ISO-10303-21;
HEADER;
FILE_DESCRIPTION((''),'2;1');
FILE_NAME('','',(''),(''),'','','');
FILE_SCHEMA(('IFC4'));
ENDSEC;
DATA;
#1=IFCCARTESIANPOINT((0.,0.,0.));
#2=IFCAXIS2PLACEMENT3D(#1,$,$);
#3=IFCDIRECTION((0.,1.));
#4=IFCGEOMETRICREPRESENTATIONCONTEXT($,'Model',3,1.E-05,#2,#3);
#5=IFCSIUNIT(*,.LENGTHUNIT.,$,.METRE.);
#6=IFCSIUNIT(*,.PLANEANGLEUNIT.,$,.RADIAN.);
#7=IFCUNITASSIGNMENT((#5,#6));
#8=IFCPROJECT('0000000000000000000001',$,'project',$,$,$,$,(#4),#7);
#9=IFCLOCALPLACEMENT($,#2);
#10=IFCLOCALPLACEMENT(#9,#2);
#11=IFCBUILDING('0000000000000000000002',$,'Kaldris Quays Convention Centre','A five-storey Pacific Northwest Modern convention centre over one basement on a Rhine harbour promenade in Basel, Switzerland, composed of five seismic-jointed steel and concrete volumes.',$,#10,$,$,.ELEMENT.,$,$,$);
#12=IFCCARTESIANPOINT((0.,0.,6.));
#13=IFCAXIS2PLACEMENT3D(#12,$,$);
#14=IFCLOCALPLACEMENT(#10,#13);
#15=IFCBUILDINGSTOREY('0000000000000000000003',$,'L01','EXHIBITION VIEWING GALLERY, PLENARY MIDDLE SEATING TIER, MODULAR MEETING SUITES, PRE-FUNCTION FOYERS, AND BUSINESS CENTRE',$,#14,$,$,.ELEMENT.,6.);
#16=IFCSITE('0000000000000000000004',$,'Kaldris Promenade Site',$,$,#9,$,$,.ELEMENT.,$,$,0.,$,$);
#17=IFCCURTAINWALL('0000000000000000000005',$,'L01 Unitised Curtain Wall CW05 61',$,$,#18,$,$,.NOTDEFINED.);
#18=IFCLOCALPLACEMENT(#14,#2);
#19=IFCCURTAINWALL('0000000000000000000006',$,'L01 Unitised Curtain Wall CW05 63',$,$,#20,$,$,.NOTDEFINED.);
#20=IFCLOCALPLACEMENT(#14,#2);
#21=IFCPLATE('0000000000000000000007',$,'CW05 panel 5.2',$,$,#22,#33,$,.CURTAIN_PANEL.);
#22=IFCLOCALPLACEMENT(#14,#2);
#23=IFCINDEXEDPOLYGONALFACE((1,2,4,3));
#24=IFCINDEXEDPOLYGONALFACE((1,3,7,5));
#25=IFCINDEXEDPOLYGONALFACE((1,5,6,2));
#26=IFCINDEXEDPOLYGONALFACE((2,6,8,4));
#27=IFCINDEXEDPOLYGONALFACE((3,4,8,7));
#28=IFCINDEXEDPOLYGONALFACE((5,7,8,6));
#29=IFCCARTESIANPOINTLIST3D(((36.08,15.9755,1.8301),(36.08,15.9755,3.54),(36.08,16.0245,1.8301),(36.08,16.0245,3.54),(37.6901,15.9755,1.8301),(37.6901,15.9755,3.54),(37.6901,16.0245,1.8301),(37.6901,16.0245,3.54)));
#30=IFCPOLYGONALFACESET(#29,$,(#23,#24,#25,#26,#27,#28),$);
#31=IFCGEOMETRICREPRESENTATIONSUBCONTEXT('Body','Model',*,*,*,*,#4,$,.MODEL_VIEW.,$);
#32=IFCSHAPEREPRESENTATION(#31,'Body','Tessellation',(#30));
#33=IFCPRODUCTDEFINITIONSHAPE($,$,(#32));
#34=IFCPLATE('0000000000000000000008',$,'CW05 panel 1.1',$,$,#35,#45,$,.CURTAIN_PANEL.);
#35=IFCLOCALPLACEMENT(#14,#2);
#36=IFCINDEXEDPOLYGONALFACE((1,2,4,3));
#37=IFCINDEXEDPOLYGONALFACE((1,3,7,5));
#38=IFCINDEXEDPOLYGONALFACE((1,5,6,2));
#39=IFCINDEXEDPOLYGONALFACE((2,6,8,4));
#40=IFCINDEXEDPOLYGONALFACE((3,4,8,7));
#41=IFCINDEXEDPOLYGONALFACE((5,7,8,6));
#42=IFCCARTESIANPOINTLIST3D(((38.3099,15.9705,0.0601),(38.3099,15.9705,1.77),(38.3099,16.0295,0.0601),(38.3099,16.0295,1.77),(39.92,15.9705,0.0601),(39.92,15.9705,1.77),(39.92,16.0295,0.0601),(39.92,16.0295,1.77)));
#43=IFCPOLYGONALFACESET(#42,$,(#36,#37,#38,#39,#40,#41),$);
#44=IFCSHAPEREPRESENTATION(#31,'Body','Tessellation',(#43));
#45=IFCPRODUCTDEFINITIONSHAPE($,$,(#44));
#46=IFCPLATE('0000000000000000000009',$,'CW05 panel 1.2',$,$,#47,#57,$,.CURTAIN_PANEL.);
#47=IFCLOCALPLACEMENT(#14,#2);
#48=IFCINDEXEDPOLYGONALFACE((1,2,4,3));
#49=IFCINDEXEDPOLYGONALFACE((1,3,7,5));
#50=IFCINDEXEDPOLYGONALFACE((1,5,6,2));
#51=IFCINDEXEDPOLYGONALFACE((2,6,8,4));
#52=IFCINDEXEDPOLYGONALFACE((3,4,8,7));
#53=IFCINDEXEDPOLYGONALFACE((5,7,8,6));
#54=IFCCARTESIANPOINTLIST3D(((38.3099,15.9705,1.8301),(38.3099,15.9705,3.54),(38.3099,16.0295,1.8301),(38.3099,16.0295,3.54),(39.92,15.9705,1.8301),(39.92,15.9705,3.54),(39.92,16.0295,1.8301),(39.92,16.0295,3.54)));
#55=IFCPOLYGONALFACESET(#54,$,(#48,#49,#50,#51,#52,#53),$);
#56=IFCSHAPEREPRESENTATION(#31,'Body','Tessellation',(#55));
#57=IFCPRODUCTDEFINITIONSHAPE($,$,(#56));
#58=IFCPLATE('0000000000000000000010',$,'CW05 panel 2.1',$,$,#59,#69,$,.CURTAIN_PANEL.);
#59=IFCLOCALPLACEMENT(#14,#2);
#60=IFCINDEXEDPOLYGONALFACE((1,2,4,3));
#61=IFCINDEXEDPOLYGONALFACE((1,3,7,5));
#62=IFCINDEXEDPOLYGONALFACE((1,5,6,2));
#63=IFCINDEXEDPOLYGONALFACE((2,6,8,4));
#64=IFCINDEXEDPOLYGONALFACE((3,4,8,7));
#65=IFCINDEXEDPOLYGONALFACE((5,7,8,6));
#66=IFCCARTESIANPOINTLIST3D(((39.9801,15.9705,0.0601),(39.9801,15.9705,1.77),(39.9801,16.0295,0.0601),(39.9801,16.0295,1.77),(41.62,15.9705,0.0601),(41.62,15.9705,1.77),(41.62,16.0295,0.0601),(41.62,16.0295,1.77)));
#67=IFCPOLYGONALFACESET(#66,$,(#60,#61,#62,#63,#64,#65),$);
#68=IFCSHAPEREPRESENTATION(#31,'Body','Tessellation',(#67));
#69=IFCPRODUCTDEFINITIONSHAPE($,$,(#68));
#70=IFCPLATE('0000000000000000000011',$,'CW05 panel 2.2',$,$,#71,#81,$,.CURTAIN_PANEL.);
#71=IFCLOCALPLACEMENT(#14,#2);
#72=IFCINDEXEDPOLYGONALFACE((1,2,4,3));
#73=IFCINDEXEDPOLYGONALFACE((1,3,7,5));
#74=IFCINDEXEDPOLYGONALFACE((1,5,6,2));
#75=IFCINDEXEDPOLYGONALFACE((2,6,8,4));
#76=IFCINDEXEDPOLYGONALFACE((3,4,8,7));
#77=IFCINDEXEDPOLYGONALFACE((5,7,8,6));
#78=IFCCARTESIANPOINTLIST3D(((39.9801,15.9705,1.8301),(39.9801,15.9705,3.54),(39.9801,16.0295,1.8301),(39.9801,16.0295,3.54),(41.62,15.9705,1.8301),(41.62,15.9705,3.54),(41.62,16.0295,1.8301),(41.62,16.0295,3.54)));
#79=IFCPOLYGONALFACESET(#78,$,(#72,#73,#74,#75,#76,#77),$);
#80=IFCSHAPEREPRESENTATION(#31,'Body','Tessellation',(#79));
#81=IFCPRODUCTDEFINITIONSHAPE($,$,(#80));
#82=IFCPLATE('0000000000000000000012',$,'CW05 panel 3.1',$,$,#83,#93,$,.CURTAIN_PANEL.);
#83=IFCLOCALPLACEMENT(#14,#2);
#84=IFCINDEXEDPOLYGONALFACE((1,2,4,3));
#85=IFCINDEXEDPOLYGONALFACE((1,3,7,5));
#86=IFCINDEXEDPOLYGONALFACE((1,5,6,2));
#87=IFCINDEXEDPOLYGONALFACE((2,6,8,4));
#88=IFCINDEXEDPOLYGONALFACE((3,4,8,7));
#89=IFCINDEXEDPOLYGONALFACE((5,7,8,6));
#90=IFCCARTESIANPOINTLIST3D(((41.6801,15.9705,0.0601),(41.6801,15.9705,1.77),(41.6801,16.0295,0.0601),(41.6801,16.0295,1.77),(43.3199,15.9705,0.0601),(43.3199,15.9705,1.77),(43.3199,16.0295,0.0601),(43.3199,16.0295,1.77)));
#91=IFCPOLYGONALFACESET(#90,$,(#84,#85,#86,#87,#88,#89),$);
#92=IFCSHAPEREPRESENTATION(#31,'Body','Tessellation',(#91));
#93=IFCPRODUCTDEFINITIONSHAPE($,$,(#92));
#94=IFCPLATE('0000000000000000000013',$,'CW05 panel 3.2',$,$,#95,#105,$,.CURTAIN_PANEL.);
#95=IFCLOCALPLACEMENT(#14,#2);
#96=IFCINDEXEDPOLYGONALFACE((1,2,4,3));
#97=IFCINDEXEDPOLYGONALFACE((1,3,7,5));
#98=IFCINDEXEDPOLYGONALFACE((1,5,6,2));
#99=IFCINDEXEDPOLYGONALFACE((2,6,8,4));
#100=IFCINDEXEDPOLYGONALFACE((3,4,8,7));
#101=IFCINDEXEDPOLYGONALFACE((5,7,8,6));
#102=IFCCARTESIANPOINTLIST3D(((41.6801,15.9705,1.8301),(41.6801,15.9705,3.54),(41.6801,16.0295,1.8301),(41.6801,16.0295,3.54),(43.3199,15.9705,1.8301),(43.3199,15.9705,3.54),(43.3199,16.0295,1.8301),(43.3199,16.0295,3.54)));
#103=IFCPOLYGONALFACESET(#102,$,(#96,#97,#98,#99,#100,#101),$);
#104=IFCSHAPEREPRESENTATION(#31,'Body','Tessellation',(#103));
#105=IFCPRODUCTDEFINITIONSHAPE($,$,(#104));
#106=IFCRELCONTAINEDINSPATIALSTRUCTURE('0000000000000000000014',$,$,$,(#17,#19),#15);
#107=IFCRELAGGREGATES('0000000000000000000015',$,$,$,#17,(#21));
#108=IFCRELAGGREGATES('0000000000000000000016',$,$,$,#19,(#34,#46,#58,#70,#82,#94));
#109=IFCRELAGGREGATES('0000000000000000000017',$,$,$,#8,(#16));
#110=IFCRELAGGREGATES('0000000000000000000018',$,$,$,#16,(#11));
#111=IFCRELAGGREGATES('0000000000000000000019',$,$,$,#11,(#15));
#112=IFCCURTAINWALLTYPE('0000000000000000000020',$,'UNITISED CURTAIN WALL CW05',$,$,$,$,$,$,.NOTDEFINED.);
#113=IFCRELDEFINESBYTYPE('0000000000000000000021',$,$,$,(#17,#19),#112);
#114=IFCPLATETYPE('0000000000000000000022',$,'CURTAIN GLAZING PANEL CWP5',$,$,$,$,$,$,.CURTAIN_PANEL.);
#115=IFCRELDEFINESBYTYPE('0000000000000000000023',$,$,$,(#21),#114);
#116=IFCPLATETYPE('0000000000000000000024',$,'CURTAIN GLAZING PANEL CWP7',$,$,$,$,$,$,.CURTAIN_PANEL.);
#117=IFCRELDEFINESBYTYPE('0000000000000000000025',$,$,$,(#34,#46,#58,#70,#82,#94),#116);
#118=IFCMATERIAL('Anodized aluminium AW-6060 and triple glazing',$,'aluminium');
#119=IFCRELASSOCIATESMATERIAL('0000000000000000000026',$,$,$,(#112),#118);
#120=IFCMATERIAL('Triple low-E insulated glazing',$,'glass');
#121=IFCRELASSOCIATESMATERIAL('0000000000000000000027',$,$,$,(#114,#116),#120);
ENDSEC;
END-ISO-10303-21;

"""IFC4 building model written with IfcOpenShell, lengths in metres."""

from ifc_helpers import new_model, si_unit, direction, frame, origin, origin_2d, place, context, subcontext, project, spatial, rectangle, extrude, material, type_object, element, aggregate, save


model = new_model("IFC4")

# Units and contexts
model_context = context("Model", 3, precision=1e-05, world=origin(), true_north=direction((0.0, 1.0)))
body_context = subcontext(model_context, "Body", "Model", "MODEL_VIEW")
ifc_project = project(units=[si_unit("LENGTHUNIT", "METRE"), si_unit("PLANEANGLEUNIT", "RADIAN")], contexts=[model_context])

# Site, building, storey
site_placement = place(None, origin())
site = spatial("IfcSite", under=ifc_project, at=site_placement, Name="Kaldris Promenade Site", CompositionType="ELEMENT", RefElevation=0.0)
building_placement = place(site_placement, origin())
building = spatial("IfcBuilding", under=site, at=building_placement, Name="Kaldris Quays Convention Centre", Description="A five-storey Pacific Northwest Modern convention centre over one basement on a Rhine harbour promenade in Basel, Switzerland, composed of five seismic-jointed steel and concrete volumes.", CompositionType="ELEMENT")
storey_placement = place(building_placement, frame((0.0, 0.0, 6.0)))
storey = spatial("IfcBuildingStorey", under=building, at=storey_placement, Name="L01", Description="EXHIBITION VIEWING GALLERY, PLENARY MIDDLE SEATING TIER, MODULAR MEETING SUITES, PRE-FUNCTION FOYERS, AND BUSINESS CENTRE", CompositionType="ELEMENT", Elevation=6.0)

# Curtain wall
ifc_material_1 = material(Name="Anodized aluminium AW-6060 and triple glazing", Category="aluminium")
curtain_wall_type = type_object("IfcCurtainWallType", Name="UNITISED CURTAIN WALL CW05", PredefinedType="NOTDEFINED", material=ifc_material_1)
curtain_wall_1_placement = place(storey_placement, origin())
curtain_wall_1 = element("IfcCurtainWall", 1, at=curtain_wall_1_placement, inside=storey, type_object=curtain_wall_type, Name="L01 Unitised Curtain Wall CW05 61", PredefinedType="NOTDEFINED")

# Curtain wall
curtain_wall_2_placement = place(storey_placement, origin())
curtain_wall_2 = element("IfcCurtainWall", 2, at=curtain_wall_2_placement, inside=storey, type_object=curtain_wall_type, Name="L01 Unitised Curtain Wall CW05 63", PredefinedType="NOTDEFINED")

# Plates
ifc_material_2 = material(Name="Triple low-E insulated glazing", Category="glass")
plate_type_1 = type_object("IfcPlateType", Name="CURTAIN GLAZING PANEL CWP5", PredefinedType="CURTAIN_PANEL", material=ifc_material_2)
plate_1_placement = place(storey_placement, frame((36.885, 16.0, 1.8301), z_axis=(0.0, 0.0, 1.0), x_axis=(1.0, 0.0, 0.0)))
plate_1 = element("IfcPlate", 3, at=plate_1_placement, type_object=plate_type_1, Name="CW05 panel 5.2", PredefinedType="CURTAIN_PANEL", context=body_context, shape_type="SweptSolid", body=[
    extrude(rectangle(XDim=1.6101, YDim=0.0491, at=origin_2d()), origin(), (0.0, 0.0, 1.0), 1.71),
])
aggregate(curtain_wall_1, [plate_1])
plate_type_2 = type_object("IfcPlateType", Name="CURTAIN GLAZING PANEL CWP7", PredefinedType="CURTAIN_PANEL", material=ifc_material_2)
plate_2_placement = place(storey_placement, frame((39.115, 16.0, 0.0601), z_axis=(0.0, 0.0, 1.0), x_axis=(1.0, 0.0, 0.0)))
plate_2 = element("IfcPlate", 4, at=plate_2_placement, type_object=plate_type_2, Name="CW05 panel 1.1", PredefinedType="CURTAIN_PANEL", context=body_context, shape_type="SweptSolid", body=[
    extrude(rectangle(XDim=1.6101, YDim=0.0591, at=origin_2d()), origin(), (0.0, 0.0, 1.0), 1.71),
])
plate_3_placement = place(storey_placement, frame((39.115, 16.0, 1.8301), z_axis=(0.0, 0.0, 1.0), x_axis=(1.0, 0.0, 0.0)))
plate_3 = element("IfcPlate", 5, at=plate_3_placement, type_object=plate_type_2, Name="CW05 panel 1.2", PredefinedType="CURTAIN_PANEL", context=body_context, shape_type="SweptSolid", body=[
    extrude(rectangle(XDim=1.6101, YDim=0.0591, at=origin_2d()), origin(), (0.0, 0.0, 1.0), 1.71),
])
plate_4_placement = place(storey_placement, frame((40.8, 16.0, 0.0601), z_axis=(0.0, 0.0, 1.0), x_axis=(1.0, 0.0, 0.0)))
plate_4 = element("IfcPlate", 6, at=plate_4_placement, type_object=plate_type_2, Name="CW05 panel 2.1", PredefinedType="CURTAIN_PANEL", context=body_context, shape_type="SweptSolid", body=[
    extrude(rectangle(XDim=1.6399, YDim=0.0591, at=origin_2d()), origin(), (0.0, 0.0, 1.0), 1.71),
])
plate_5_placement = place(storey_placement, frame((40.8, 16.0, 1.8301), z_axis=(0.0, 0.0, 1.0), x_axis=(1.0, 0.0, 0.0)))
plate_5 = element("IfcPlate", 7, at=plate_5_placement, type_object=plate_type_2, Name="CW05 panel 2.2", PredefinedType="CURTAIN_PANEL", context=body_context, shape_type="SweptSolid", body=[
    extrude(rectangle(XDim=1.6399, YDim=0.0591, at=origin_2d()), origin(), (0.0, 0.0, 1.0), 1.71),
])
plate_6_placement = place(storey_placement, frame((42.5, 16.0, 0.0601), z_axis=(0.0, 0.0, 1.0), x_axis=(1.0, 0.0, 0.0)))
plate_6 = element("IfcPlate", 8, at=plate_6_placement, type_object=plate_type_2, Name="CW05 panel 3.1", PredefinedType="CURTAIN_PANEL", context=body_context, shape_type="SweptSolid", body=[
    extrude(rectangle(XDim=1.6399, YDim=0.0591, at=origin_2d()), origin(), (0.0, 0.0, 1.0), 1.71),
])
plate_7_placement = place(storey_placement, frame((42.5, 16.0, 1.8301), z_axis=(0.0, 0.0, 1.0), x_axis=(1.0, 0.0, 0.0)))
plate_7 = element("IfcPlate", 9, at=plate_7_placement, type_object=plate_type_2, Name="CW05 panel 3.2", PredefinedType="CURTAIN_PANEL", context=body_context, shape_type="SweptSolid", body=[
    extrude(rectangle(XDim=1.6399, YDim=0.0591, at=origin_2d()), origin(), (0.0, 0.0, 1.0), 1.71),
])
aggregate(curtain_wall_2, [plate_2, plate_3, plate_4, plate_5, plate_6, plate_7])

save(model, "model.ifc")
